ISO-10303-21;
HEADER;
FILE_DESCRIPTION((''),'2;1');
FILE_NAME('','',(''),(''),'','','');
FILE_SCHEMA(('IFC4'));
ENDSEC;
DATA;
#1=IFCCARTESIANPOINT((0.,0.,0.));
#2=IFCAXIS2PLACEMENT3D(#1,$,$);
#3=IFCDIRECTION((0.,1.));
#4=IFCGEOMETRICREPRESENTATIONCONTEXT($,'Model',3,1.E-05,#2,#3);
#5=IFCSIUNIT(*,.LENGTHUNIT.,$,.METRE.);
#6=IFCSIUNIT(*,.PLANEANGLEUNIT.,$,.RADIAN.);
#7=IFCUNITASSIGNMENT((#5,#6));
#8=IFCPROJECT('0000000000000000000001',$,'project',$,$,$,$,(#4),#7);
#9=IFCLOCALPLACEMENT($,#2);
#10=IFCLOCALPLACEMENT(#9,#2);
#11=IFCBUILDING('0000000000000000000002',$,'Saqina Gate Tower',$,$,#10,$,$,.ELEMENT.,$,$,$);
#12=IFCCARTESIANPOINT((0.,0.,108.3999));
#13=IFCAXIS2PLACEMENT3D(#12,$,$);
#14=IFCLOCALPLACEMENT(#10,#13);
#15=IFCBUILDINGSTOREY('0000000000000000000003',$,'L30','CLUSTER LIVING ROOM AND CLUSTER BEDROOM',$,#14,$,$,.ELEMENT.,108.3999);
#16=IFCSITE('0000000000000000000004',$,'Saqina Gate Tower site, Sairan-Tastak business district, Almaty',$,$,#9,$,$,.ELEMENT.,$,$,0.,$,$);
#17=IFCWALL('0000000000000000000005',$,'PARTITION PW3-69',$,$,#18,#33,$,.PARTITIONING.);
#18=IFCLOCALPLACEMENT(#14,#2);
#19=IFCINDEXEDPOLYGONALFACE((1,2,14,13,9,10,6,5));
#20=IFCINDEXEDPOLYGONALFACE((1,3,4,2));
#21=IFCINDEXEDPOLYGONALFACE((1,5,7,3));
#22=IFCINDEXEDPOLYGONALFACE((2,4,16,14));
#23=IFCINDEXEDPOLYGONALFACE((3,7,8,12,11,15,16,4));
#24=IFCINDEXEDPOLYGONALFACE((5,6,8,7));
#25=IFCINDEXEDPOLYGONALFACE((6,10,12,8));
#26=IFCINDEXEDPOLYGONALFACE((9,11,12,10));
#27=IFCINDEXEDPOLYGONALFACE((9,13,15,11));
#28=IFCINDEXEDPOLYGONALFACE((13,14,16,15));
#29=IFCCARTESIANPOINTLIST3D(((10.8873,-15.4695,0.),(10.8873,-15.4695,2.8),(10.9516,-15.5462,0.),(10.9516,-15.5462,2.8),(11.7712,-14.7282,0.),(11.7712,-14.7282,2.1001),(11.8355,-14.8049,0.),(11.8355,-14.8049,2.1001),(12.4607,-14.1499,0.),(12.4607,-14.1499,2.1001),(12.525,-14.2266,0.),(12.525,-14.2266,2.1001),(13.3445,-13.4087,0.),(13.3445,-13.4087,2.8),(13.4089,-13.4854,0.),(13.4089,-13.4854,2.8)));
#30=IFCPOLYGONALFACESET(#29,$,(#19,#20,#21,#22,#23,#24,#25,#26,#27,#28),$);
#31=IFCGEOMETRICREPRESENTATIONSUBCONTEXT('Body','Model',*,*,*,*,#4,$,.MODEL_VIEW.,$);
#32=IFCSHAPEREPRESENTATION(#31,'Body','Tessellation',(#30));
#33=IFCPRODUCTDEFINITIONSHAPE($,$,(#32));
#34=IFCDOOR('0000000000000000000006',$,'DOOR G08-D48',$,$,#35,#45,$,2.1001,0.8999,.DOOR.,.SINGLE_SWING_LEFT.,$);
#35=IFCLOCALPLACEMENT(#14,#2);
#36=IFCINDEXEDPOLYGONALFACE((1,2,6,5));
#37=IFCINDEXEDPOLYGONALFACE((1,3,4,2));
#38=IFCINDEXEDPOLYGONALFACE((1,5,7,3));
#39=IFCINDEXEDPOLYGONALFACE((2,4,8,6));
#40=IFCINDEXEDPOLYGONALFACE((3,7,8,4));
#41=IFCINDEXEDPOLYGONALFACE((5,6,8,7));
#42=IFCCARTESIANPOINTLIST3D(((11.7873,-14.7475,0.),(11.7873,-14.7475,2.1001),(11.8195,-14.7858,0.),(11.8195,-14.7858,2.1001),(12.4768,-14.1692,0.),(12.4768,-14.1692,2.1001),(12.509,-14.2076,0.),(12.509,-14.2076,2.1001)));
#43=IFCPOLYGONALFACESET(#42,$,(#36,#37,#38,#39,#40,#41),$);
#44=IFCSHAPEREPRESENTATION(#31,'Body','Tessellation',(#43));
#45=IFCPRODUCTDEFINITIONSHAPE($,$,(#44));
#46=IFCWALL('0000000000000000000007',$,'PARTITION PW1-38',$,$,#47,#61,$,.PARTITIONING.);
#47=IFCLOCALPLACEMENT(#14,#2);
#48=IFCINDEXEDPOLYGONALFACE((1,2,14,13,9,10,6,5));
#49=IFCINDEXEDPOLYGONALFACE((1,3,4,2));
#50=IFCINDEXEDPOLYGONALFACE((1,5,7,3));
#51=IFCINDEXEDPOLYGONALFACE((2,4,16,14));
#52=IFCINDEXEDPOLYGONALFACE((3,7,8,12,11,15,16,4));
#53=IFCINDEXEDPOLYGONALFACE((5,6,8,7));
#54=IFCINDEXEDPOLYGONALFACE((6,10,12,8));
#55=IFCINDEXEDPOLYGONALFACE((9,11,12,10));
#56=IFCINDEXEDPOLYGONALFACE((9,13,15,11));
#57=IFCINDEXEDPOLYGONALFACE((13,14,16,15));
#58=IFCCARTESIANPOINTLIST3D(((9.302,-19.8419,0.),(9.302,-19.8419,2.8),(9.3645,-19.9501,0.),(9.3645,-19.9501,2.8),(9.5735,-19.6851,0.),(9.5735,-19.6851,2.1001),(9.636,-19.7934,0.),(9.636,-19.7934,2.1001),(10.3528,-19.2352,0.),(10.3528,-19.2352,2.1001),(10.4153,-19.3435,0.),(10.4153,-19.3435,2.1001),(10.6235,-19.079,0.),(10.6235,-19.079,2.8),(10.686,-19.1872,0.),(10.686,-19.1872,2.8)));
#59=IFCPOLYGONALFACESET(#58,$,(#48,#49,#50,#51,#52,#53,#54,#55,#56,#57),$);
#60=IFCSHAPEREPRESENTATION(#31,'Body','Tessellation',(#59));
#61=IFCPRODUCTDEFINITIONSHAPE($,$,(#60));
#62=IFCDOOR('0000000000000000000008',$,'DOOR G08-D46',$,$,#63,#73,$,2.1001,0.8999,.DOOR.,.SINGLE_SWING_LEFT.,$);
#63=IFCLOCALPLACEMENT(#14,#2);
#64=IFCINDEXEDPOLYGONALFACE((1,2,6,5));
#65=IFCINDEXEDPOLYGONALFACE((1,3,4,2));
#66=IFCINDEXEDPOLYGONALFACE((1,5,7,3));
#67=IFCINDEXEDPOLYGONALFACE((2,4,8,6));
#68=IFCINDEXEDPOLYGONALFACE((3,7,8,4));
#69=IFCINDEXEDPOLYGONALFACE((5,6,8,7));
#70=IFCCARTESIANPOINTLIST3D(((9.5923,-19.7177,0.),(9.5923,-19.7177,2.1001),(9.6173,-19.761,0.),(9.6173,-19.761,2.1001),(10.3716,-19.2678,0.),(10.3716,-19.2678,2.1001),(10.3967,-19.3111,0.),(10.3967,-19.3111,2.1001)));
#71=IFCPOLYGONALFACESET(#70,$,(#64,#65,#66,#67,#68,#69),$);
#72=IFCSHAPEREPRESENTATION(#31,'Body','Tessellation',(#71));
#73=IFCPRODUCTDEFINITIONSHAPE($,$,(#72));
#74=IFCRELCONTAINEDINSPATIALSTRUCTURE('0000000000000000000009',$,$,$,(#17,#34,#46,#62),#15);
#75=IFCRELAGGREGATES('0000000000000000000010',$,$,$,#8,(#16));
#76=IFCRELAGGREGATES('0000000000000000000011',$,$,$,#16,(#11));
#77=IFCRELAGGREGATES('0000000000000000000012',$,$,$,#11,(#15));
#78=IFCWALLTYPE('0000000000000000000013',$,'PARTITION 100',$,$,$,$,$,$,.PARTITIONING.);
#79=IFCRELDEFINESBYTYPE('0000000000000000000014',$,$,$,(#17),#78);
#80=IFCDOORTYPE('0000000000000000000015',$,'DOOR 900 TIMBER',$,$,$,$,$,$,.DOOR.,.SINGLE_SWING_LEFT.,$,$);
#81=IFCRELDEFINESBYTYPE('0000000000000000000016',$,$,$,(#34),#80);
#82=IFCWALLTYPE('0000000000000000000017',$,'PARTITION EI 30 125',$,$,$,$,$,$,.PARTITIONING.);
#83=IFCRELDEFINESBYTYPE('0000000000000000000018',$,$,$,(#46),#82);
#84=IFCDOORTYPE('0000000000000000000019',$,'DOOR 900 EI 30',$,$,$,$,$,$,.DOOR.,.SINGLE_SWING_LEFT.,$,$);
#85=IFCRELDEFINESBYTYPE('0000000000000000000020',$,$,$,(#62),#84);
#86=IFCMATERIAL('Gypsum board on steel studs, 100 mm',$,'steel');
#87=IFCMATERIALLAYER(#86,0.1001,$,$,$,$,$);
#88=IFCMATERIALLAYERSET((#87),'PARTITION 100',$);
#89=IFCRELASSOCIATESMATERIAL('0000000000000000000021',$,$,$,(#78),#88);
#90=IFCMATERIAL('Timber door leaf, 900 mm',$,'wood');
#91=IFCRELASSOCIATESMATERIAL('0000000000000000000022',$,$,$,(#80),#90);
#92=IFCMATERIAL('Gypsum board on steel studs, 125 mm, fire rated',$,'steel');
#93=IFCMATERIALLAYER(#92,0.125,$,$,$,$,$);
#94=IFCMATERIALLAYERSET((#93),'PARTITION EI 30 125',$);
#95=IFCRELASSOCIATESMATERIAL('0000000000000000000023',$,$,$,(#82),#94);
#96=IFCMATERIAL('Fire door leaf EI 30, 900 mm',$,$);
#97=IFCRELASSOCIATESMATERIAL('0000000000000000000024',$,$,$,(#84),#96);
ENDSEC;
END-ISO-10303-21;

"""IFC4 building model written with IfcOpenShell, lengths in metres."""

from ifc_helpers import new_model, si_unit, direction, frame, frame_2d, origin, place, context, subcontext, project, spatial, rectangle, extrude, material, layer, layer_set, type_object, element, fill, save


model = new_model("IFC4")

# Units and contexts
model_context = context("Model", 3, precision=1e-05, world=origin(), true_north=direction((0.0, 1.0)))
body_context = subcontext(model_context, "Body", "Model", "MODEL_VIEW")
ifc_project = project(units=[si_unit("LENGTHUNIT", "METRE"), si_unit("PLANEANGLEUNIT", "RADIAN")], contexts=[model_context])

# Site, building, storey
site_placement = place(None, origin())
site = spatial("IfcSite", under=ifc_project, at=site_placement, Name="Saqina Gate Tower site, Sairan-Tastak business district, Almaty", CompositionType="ELEMENT", RefElevation=0.0)
building_placement = place(site_placement, origin())
building = spatial("IfcBuilding", under=site, at=building_placement, Name="Saqina Gate Tower", CompositionType="ELEMENT")
storey_placement = place(building_placement, frame((0.0, 0.0, 108.3999)))
storey = spatial("IfcBuildingStorey", under=building, at=storey_placement, Name="L30", Description="CLUSTER LIVING ROOM AND CLUSTER BEDROOM", CompositionType="ELEMENT", Elevation=108.3999)

# Shared definitions
ifc_material_1 = material(Name="Gypsum board on steel studs, 100 mm", Category="steel")
ifc_layer_1 = layer(ifc_material_1, 0.1001)
ifc_layer_set_1 = layer_set([ifc_layer_1], Name="PARTITION 100")
wall_type_1 = type_object("IfcWallType", Name="PARTITION 100", PredefinedType="PARTITIONING", material=ifc_layer_set_1)

# Walls, openings, doors
wall_1_placement = place(storey_placement, frame((10.9194, -15.5078, 0.0), z_axis=(0.0, 0.0, 1.0), x_axis=(0.766215, 0.642585, 0.0)))
wall_1 = element("IfcWall", 1, at=wall_1_placement, inside=storey, type_object=wall_type_1, Name="PARTITION PW3-69", PredefinedType="PARTITIONING", context=body_context, shape_type="SweptSolid", body=[
    extrude(rectangle(XDim=3.207, YDim=0.1001, at=frame_2d((1.6035, 0.0))), origin(), (0.0, 0.0, 1.0), 2.8),
])
opening_1_placement = place(wall_1_placement, frame((1.1536, 0.0, 0.0)))
opening_1 = element("IfcOpeningElement", 2, at=opening_1_placement, cuts=wall_1, PredefinedType="OPENING", context=body_context, shape_type="SweptSolid", body=[
    extrude(rectangle(XDim=0.8999, YDim=2.1001, at=frame_2d((0.45, 1.05))), frame((0.0, 0.062, 0.0), z_axis=(0.0, -1.0, 0.0), x_axis=(1.0, 0.0, 0.0)), (0.0, 0.0, 1.0), 0.124),
])
ifc_material_2 = material(Name="Timber door leaf, 900 mm", Category="wood")
door_type_1 = type_object("IfcDoorType", Name="DOOR 900 TIMBER", OperationType="SINGLE_SWING_LEFT", PredefinedType="DOOR", material=ifc_material_2)
door_1_placement = place(opening_1_placement, origin())
door_1 = element("IfcDoor", 3, at=door_1_placement, inside=storey, type_object=door_type_1, Name="DOOR G08-D48", OperationType="SINGLE_SWING_LEFT", OverallHeight=2.1001, OverallWidth=0.8999, PredefinedType="DOOR", context=body_context, shape_type="SweptSolid", body=[
    extrude(rectangle(XDim=0.8999, YDim=2.1001, at=frame_2d((0.45, 1.05))), frame((0.0, 0.0249, 0.0), z_axis=(0.0, -1.0, 0.0), x_axis=(1.0, 0.0, 0.0)), (0.0, 0.0, 1.0), 0.05),
])
fill(opening_1, door_1)
ifc_material_3 = material(Name="Gypsum board on steel studs, 125 mm, fire rated", Category="steel")
ifc_layer_2 = layer(ifc_material_3, 0.125)
ifc_layer_set_2 = layer_set([ifc_layer_2], Name="PARTITION EI 30 125")
wall_type_2 = type_object("IfcWallType", Name="PARTITION EI 30 125", PredefinedType="PARTITIONING", material=ifc_layer_set_2)
wall_2_placement = place(storey_placement, frame((9.3333, -19.896, 0.0), z_axis=(0.0, 0.0, 1.0), x_axis=(0.866039, 0.499976, 0.0)))
wall_2 = element("IfcWall", 4, at=wall_2_placement, inside=storey, type_object=wall_type_2, Name="PARTITION PW1-38", PredefinedType="PARTITIONING", context=body_context, shape_type="SweptSolid", body=[
    extrude(rectangle(XDim=1.5259, YDim=0.125, at=frame_2d((0.7629, 0.0))), origin(), (0.0, 0.0, 1.0), 2.8),
])
opening_2_placement = place(wall_2_placement, frame((0.3135, 0.0, 0.0)))
opening_2 = element("IfcOpeningElement", 5, at=opening_2_placement, cuts=wall_2, PredefinedType="OPENING", context=body_context, shape_type="SweptSolid", body=[
    extrude(rectangle(XDim=0.8999, YDim=2.1001, at=frame_2d((0.45, 1.05))), frame((0.0, 0.0745, 0.0), z_axis=(0.0, -1.0, 0.0), x_axis=(1.0, 0.0, 0.0)), (0.0, 0.0, 1.0), 0.1489),
])
ifc_material_4 = material(Name="Fire door leaf EI 30, 900 mm")
door_type_2 = type_object("IfcDoorType", Name="DOOR 900 EI 30", OperationType="SINGLE_SWING_LEFT", PredefinedType="DOOR", material=ifc_material_4)
door_2_placement = place(opening_2_placement, origin())
door_2 = element("IfcDoor", 6, at=door_2_placement, inside=storey, type_object=door_type_2, Name="DOOR G08-D46", OperationType="SINGLE_SWING_LEFT", OverallHeight=2.1001, OverallWidth=0.8999, PredefinedType="DOOR", context=body_context, shape_type="SweptSolid", body=[
    extrude(rectangle(XDim=0.8999, YDim=2.1001, at=frame_2d((0.45, 1.05))), frame((0.0, 0.0249, 0.0), z_axis=(0.0, -1.0, 0.0), x_axis=(1.0, 0.0, 0.0)), (0.0, 0.0, 1.0), 0.05),
])
fill(opening_2, door_2)

save(model, "model.ifc")
